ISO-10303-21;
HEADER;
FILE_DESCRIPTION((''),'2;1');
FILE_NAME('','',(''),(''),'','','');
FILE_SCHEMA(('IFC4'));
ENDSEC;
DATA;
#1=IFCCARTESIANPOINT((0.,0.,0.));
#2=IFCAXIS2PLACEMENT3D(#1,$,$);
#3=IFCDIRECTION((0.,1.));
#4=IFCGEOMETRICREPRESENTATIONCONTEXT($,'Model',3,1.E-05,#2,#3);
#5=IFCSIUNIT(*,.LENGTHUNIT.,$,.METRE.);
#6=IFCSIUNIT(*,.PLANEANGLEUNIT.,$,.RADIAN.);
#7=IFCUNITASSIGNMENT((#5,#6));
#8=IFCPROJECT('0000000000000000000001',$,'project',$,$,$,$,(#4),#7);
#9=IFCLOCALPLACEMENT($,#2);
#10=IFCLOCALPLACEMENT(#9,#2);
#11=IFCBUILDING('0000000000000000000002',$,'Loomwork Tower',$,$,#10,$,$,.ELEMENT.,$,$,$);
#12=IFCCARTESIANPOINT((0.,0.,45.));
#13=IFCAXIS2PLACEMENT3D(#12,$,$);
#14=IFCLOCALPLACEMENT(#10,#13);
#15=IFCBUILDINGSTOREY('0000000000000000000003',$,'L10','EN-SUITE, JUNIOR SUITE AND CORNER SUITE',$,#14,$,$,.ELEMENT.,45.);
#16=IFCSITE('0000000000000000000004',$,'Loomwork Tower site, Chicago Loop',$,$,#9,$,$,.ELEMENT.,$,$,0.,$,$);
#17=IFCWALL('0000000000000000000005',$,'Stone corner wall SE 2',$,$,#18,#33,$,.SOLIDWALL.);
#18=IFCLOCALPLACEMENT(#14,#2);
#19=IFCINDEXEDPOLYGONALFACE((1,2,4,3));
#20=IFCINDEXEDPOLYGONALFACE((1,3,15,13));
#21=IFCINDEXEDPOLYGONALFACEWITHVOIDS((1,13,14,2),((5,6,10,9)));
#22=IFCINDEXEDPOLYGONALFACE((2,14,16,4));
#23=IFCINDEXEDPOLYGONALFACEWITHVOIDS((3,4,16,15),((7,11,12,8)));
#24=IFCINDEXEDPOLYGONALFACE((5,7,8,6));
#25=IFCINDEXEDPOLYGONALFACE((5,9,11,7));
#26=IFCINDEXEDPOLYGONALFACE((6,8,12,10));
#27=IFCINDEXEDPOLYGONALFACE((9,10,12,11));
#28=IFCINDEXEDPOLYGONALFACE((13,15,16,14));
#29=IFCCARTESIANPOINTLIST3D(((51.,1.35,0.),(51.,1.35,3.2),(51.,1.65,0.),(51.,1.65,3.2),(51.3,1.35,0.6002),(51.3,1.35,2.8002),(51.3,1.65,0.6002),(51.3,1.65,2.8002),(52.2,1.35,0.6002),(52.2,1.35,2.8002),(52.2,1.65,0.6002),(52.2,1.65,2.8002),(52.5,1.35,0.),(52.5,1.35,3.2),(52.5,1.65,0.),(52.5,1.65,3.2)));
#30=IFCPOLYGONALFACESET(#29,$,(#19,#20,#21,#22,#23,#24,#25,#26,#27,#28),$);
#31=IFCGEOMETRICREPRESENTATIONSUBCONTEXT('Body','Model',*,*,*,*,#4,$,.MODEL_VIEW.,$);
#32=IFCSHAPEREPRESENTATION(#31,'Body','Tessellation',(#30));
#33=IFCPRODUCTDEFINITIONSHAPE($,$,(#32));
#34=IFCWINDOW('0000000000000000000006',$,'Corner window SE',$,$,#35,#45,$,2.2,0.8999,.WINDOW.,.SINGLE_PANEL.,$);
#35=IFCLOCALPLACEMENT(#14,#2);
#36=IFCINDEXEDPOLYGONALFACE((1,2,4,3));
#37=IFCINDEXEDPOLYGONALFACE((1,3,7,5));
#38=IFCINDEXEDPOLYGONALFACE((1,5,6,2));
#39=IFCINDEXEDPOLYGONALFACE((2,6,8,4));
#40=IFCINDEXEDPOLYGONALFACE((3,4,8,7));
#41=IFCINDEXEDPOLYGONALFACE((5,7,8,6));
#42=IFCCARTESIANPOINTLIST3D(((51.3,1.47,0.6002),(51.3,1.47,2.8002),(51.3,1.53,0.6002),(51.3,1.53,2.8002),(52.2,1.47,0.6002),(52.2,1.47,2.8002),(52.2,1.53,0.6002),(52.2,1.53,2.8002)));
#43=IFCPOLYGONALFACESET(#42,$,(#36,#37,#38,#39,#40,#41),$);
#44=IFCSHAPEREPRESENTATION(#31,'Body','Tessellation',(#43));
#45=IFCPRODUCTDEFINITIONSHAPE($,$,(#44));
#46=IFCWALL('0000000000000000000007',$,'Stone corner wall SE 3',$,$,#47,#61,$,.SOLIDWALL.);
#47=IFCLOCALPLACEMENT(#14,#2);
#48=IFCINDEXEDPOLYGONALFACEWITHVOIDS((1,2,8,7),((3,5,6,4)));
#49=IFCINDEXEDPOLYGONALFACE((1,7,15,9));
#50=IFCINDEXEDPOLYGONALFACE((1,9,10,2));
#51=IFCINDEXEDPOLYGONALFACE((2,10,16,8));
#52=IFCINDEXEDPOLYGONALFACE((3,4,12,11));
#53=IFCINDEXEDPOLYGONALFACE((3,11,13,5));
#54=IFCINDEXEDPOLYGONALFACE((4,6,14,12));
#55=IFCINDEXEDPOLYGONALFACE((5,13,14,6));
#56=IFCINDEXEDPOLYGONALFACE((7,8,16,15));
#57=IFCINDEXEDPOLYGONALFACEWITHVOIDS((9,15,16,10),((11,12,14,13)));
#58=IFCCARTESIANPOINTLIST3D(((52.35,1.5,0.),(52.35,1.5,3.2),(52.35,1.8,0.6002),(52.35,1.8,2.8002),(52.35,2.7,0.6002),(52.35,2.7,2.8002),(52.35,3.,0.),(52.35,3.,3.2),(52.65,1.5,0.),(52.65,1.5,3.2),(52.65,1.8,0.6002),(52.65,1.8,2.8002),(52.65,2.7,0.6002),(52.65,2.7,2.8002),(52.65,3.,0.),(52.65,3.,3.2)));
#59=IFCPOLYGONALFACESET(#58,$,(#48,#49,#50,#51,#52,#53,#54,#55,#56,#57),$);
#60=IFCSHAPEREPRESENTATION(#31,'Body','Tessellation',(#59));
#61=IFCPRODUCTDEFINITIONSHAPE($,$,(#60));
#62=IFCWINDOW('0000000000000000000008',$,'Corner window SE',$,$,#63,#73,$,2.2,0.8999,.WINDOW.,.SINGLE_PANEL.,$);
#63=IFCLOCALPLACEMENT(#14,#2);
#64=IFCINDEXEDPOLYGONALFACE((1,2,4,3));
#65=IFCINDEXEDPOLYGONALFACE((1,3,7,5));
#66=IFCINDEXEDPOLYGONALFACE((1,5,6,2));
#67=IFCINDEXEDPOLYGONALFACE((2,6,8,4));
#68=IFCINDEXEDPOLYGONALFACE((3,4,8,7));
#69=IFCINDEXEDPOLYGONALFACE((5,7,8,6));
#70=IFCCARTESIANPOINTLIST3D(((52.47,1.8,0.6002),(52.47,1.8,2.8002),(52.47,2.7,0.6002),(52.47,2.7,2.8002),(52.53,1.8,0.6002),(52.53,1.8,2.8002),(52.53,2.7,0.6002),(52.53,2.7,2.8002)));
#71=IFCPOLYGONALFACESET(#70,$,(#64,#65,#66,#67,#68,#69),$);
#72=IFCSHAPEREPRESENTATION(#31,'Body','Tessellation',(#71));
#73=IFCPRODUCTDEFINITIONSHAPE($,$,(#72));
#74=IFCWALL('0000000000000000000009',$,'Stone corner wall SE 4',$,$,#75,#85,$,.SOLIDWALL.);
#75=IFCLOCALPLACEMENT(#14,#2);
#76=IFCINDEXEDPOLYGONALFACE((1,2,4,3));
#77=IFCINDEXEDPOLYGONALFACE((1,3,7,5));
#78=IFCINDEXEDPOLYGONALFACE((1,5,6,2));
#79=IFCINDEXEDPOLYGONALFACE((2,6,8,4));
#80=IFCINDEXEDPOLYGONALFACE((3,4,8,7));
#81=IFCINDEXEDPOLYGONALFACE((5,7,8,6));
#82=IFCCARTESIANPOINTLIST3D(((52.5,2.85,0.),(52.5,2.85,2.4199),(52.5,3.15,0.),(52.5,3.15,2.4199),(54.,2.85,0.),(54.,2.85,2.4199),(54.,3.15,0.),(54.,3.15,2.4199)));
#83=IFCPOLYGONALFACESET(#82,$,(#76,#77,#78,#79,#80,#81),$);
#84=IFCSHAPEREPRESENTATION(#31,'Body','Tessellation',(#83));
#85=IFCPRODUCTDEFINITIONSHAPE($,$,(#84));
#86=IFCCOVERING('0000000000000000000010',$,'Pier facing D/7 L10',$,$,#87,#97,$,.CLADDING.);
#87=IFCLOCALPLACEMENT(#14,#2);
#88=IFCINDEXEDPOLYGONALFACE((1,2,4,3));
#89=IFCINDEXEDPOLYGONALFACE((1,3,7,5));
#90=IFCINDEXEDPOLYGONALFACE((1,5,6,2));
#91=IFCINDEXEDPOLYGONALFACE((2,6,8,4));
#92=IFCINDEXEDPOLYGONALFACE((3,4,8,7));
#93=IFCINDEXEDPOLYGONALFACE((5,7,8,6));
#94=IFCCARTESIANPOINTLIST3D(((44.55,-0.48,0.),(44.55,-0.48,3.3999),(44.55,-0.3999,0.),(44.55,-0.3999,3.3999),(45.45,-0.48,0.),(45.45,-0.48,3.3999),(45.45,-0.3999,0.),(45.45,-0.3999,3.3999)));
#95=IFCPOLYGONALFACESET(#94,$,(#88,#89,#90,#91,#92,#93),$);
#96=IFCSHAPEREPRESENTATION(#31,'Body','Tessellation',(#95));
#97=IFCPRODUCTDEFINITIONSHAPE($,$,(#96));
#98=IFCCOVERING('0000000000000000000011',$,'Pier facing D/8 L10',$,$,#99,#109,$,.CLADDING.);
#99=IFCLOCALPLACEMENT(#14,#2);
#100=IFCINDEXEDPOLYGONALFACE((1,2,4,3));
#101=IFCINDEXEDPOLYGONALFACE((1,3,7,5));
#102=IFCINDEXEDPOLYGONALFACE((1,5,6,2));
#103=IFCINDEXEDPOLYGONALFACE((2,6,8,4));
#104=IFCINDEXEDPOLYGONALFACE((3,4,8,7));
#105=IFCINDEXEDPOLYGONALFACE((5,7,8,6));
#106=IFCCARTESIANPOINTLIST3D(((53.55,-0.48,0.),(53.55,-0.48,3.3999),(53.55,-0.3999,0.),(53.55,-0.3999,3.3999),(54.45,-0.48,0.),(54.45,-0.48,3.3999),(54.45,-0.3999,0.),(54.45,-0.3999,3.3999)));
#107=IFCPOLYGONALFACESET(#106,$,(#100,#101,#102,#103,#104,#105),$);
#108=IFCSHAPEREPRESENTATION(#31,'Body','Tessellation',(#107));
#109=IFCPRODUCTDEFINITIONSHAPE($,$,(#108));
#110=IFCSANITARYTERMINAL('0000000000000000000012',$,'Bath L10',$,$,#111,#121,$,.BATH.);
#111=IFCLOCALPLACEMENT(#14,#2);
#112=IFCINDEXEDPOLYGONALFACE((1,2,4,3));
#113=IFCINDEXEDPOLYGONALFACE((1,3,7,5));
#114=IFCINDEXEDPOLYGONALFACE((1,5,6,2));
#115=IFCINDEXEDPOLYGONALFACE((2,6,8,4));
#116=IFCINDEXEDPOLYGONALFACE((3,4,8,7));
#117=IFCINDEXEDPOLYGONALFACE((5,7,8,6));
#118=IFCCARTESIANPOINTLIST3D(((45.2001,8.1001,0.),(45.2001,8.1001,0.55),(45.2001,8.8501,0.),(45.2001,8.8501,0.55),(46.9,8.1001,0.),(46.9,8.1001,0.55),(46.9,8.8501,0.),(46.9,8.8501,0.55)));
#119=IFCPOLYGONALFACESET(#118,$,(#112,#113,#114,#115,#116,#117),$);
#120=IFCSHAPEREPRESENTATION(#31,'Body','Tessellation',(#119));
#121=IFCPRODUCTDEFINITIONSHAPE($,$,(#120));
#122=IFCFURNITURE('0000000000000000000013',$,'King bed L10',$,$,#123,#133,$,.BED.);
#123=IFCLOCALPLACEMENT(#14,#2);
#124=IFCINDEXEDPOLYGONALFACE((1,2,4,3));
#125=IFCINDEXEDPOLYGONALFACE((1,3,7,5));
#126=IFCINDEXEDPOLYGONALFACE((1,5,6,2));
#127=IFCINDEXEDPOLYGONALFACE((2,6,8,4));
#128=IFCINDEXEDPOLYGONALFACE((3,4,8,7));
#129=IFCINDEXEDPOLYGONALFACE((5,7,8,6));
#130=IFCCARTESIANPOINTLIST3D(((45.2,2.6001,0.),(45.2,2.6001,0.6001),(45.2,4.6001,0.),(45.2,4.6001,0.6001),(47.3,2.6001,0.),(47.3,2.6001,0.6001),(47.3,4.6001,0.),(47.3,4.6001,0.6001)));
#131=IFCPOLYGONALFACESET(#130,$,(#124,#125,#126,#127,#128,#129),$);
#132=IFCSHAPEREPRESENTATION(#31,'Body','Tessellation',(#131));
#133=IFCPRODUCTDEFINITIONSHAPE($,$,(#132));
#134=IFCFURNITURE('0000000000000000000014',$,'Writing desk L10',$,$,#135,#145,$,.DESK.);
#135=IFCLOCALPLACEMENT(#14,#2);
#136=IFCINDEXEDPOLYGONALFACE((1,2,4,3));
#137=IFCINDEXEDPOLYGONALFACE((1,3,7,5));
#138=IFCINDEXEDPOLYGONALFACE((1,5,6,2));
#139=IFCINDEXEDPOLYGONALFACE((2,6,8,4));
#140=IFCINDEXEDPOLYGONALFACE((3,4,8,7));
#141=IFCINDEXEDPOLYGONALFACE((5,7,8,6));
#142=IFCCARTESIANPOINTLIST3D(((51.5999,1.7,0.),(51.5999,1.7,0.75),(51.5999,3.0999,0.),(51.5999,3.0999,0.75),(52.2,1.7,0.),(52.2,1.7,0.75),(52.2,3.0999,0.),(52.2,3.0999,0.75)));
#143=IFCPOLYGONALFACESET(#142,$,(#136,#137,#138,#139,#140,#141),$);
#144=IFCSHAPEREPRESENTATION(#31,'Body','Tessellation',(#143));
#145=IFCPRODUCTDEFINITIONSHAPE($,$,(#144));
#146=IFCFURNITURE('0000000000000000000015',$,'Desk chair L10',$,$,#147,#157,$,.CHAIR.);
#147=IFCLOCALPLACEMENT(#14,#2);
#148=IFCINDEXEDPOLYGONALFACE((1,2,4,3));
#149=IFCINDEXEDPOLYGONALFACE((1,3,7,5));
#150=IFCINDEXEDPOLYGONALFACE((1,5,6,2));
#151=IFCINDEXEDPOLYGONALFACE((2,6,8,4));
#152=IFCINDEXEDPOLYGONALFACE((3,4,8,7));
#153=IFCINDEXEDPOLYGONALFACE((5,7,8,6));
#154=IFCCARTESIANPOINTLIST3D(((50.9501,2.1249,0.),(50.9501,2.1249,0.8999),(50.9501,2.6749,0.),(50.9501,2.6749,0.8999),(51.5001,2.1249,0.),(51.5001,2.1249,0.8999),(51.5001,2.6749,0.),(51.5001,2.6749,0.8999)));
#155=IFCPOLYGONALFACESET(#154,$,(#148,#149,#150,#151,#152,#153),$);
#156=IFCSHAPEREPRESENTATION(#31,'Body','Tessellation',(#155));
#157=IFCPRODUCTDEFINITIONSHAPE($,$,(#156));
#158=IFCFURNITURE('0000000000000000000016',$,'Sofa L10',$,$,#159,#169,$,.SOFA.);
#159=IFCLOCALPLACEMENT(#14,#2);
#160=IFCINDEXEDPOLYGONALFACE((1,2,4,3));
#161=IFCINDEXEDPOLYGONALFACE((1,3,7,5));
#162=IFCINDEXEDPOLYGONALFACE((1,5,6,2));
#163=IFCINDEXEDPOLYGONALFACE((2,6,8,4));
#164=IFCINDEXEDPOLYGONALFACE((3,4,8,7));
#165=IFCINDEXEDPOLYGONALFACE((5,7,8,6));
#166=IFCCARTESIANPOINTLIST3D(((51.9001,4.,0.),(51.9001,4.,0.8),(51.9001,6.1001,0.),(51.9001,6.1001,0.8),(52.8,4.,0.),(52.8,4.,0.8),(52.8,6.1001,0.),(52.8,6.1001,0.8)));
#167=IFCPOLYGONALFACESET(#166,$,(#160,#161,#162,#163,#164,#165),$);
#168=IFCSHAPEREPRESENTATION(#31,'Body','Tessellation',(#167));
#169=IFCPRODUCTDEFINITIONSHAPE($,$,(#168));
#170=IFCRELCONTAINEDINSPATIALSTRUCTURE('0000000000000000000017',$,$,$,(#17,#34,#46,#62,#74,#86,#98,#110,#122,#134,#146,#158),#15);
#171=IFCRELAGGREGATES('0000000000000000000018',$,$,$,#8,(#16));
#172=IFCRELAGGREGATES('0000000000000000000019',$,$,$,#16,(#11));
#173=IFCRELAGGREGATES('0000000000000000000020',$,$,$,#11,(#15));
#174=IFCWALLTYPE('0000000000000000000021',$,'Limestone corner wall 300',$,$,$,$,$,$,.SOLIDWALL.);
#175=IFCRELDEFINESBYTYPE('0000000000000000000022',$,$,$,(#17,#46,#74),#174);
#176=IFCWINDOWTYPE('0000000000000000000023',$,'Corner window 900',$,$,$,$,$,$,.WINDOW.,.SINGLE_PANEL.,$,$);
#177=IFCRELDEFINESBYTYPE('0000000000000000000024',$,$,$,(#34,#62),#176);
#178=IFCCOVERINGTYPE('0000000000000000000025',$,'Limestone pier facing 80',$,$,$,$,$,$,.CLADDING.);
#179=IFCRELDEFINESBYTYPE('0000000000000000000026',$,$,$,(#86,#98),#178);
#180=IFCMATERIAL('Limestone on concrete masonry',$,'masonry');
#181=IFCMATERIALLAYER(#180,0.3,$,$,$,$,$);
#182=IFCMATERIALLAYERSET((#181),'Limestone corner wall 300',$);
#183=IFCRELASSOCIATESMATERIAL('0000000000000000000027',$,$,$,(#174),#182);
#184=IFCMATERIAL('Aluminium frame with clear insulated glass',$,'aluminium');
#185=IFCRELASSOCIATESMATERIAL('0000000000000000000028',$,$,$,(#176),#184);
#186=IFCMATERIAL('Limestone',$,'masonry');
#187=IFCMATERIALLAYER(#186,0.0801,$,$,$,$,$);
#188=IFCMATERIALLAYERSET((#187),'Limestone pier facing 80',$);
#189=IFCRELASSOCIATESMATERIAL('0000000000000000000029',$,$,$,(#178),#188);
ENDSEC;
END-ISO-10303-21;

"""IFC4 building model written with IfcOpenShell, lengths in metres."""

from ifc_helpers import new_model, si_unit, direction, frame, frame_2d, origin, origin_2d, place, context, subcontext, project, spatial, rectangle, extrude, material, layer, layer_set, type_object, element, fill, save


model = new_model("IFC4")

# Units and contexts
model_context = context("Model", 3, precision=1e-05, world=origin(), true_north=direction((0.0, 1.0)))
body_context = subcontext(model_context, "Body", "Model", "MODEL_VIEW")
ifc_project = project(units=[si_unit("LENGTHUNIT", "METRE"), si_unit("PLANEANGLEUNIT", "RADIAN")], contexts=[model_context])

# Site, building, storey
site_placement = place(None, origin())
site = spatial("IfcSite", under=ifc_project, at=site_placement, Name="Loomwork Tower site, Chicago Loop", CompositionType="ELEMENT", RefElevation=0.0)
building_placement = place(site_placement, origin())
building = spatial("IfcBuilding", under=site, at=building_placement, Name="Loomwork Tower", CompositionType="ELEMENT")
storey_placement = place(building_placement, frame((0.0, 0.0, 45.0)))
storey = spatial("IfcBuildingStorey", under=building, at=storey_placement, Name="L10", Description="EN-SUITE, JUNIOR SUITE AND CORNER SUITE", CompositionType="ELEMENT", Elevation=45.0)

# Shared definitions
ifc_material_1 = material(Name="Limestone on concrete masonry", Category="masonry")
ifc_layer_1 = layer(ifc_material_1, 0.3)
ifc_layer_set_1 = layer_set([ifc_layer_1], Name="Limestone corner wall 300")
wall_type_1 = type_object("IfcWallType", Name="Limestone corner wall 300", PredefinedType="SOLIDWALL", material=ifc_layer_set_1)

# Walls, openings, windows
wall_1_placement = place(storey_placement, frame((51.0, 1.5, 0.0), z_axis=(0.0, 0.0, 1.0), x_axis=(1.0, 0.0, 0.0)))
wall_1 = element("IfcWall", 1, at=wall_1_placement, inside=storey, type_object=wall_type_1, Name="Stone corner wall SE 2", PredefinedType="SOLIDWALL", context=body_context, shape_type="SweptSolid", body=[
    extrude(rectangle(XDim=1.5, YDim=0.3, at=frame_2d((0.75, 0.0))), origin(), (0.0, 0.0, 1.0), 3.2),
])
opening_1_placement = place(wall_1_placement, frame((0.3, 0.0, 0.6001)))
opening_1 = element("IfcOpeningElement", 2, at=opening_1_placement, cuts=wall_1, PredefinedType="OPENING", context=body_context, shape_type="SweptSolid", body=[
    extrude(rectangle(XDim=0.8999, YDim=2.2, at=frame_2d((0.45, 1.1001))), frame((0.0, 0.1599, 0.0), z_axis=(0.0, -1.0, 0.0), x_axis=(1.0, 0.0, 0.0)), (0.0, 0.0, 1.0), 0.3201),
])
ifc_material_2 = material(Name="Aluminium frame with clear insulated glass", Category="aluminium")
window_type_1 = type_object("IfcWindowType", Name="Corner window 900", PartitioningType="SINGLE_PANEL", PredefinedType="WINDOW", material=ifc_material_2)
window_1_placement = place(opening_1_placement, origin())
window_1 = element("IfcWindow", 3, at=window_1_placement, inside=storey, type_object=window_type_1, Name="Corner window SE", OverallHeight=2.2, OverallWidth=0.8999, PartitioningType="SINGLE_PANEL", PredefinedType="WINDOW", context=body_context, shape_type="SweptSolid", body=[
    extrude(rectangle(XDim=0.8999, YDim=2.2, at=frame_2d((0.45, 1.1001))), frame((0.0, 0.03, 0.0), z_axis=(0.0, -1.0, 0.0), x_axis=(1.0, 0.0, 0.0)), (0.0, 0.0, 1.0), 0.0601),
])
fill(opening_1, window_1)
wall_2_placement = place(storey_placement, frame((52.5, 1.5, 0.0), z_axis=(0.0, 0.0, 1.0), x_axis=(0.0, 1.0, 0.0)))
wall_2 = element("IfcWall", 4, at=wall_2_placement, inside=storey, type_object=wall_type_1, Name="Stone corner wall SE 3", PredefinedType="SOLIDWALL", context=body_context, shape_type="SweptSolid", body=[
    extrude(rectangle(XDim=1.5, YDim=0.3, at=frame_2d((0.75, 0.0))), origin(), (0.0, 0.0, 1.0), 3.2),
])
opening_2_placement = place(wall_2_placement, frame((0.3, 0.0, 0.6001)))
opening_2 = element("IfcOpeningElement", 5, at=opening_2_placement, cuts=wall_2, PredefinedType="OPENING", context=body_context, shape_type="SweptSolid", body=[
    extrude(rectangle(XDim=0.8999, YDim=2.2, at=frame_2d((0.45, 1.1001))), frame((0.0, 0.1599, 0.0), z_axis=(0.0, -1.0, 0.0), x_axis=(1.0, 0.0, 0.0)), (0.0, 0.0, 1.0), 0.3201),
])
window_2_placement = place(opening_2_placement, origin())
window_2 = element("IfcWindow", 6, at=window_2_placement, inside=storey, type_object=window_type_1, Name="Corner window SE", OverallHeight=2.2, OverallWidth=0.8999, PartitioningType="SINGLE_PANEL", PredefinedType="WINDOW", context=body_context, shape_type="SweptSolid", body=[
    extrude(rectangle(XDim=0.8999, YDim=2.2, at=frame_2d((0.45, 1.1001))), frame((0.0, 0.03, 0.0), z_axis=(0.0, -1.0, 0.0), x_axis=(1.0, 0.0, 0.0)), (0.0, 0.0, 1.0), 0.0601),
])
fill(opening_2, window_2)

# Wall
wall_3_placement = place(storey_placement, frame((52.5, 3.0, 0.0), z_axis=(0.0, 0.0, 1.0), x_axis=(1.0, 0.0, 0.0)))
element("IfcWall", 7, at=wall_3_placement, inside=storey, type_object=wall_type_1, Name="Stone corner wall SE 4", PredefinedType="SOLIDWALL", context=body_context, shape_type="SweptSolid", body=[
    extrude(rectangle(XDim=1.5, YDim=0.3, at=frame_2d((0.75, 0.0))), origin(), (0.0, 0.0, 1.0), 2.4199),
])

# Coverings
ifc_material_3 = material(Name="Limestone", Category="masonry")
ifc_layer_2 = layer(ifc_material_3, 0.0801)
ifc_layer_set_2 = layer_set([ifc_layer_2], Name="Limestone pier facing 80")
covering_type = type_object("IfcCoveringType", Name="Limestone pier facing 80", PredefinedType="CLADDING", material=ifc_layer_set_2)
for number, where, z_axis, x_axis, name in (
    (8, (45.0, -0.4399, 0.0), (0.0, 0.0, 1.0), (1.0, 0.0, 0.0), "Pier facing D/7 L10"),
    (9, (54.0, -0.4399, 0.0), (0.0, 0.0, 1.0), (1.0, 0.0, 0.0), "Pier facing D/8 L10"),
):
    element("IfcCovering", number, at=place(storey_placement, frame(where, z_axis=z_axis, x_axis=x_axis)), inside=storey, type_object=covering_type, Name=name, PredefinedType="CLADDING", context=body_context, shape_type="SweptSolid", body=[
        extrude(rectangle(XDim=0.8999, YDim=0.0801, at=origin_2d()), origin(), (0.0, 0.0, 1.0), 3.3999),
    ])

# Sanitary terminal
sanitary_terminal_placement = place(storey_placement, frame((46.05, 8.4751, 0.0), z_axis=(0.0, 0.0, 1.0), x_axis=(1.0, 0.0, 0.0)))
element("IfcSanitaryTerminal", 10, at=sanitary_terminal_placement, inside=storey, Name="Bath L10", PredefinedType="BATH", context=body_context, shape_type="SweptSolid", body=[
    extrude(rectangle(XDim=1.7, YDim=0.75, at=origin_2d()), origin(), (0.0, 0.0, 1.0), 0.55),
])

# Furniture
furniture_1_placement = place(storey_placement, frame((46.25, 3.6001, 0.0), z_axis=(0.0, 0.0, 1.0), x_axis=(1.0, 0.0, 0.0)))
element("IfcFurniture", 11, at=furniture_1_placement, inside=storey, Name="King bed L10", PredefinedType="BED", context=body_context, shape_type="SweptSolid", body=[
    extrude(rectangle(XDim=2.1001, YDim=2.0, at=origin_2d()), origin(), (0.0, 0.0, 1.0), 0.6001),
])
furniture_2_placement = place(storey_placement, frame((51.8999, 2.3999, 0.0), z_axis=(0.0, 0.0, 1.0), x_axis=(1.0, 0.0, 0.0)))
element("IfcFurniture", 12, at=furniture_2_placement, inside=storey, Name="Writing desk L10", PredefinedType="DESK", context=body_context, shape_type="SweptSolid", body=[
    extrude(rectangle(XDim=0.6001, YDim=1.3999, at=origin_2d()), origin(), (0.0, 0.0, 1.0), 0.75),
])
furniture_3_placement = place(storey_placement, frame((51.2251, 2.3999, 0.0), z_axis=(0.0, 0.0, 1.0), x_axis=(1.0, 0.0, 0.0)))
element("IfcFurniture", 13, at=furniture_3_placement, inside=storey, Name="Desk chair L10", PredefinedType="CHAIR", context=body_context, shape_type="SweptSolid", body=[
    extrude(rectangle(XDim=0.55, YDim=0.55, at=origin_2d()), origin(), (0.0, 0.0, 1.0), 0.8999),
])
furniture_4_placement = place(storey_placement, frame((52.3501, 5.05, 0.0), z_axis=(0.0, 0.0, 1.0), x_axis=(1.0, 0.0, 0.0)))
element("IfcFurniture", 14, at=furniture_4_placement, inside=storey, Name="Sofa L10", PredefinedType="SOFA", context=body_context, shape_type="SweptSolid", body=[
    extrude(rectangle(XDim=0.8999, YDim=2.1001, at=origin_2d()), origin(), (0.0, 0.0, 1.0), 0.8),
])

save(model, "model.ifc")
